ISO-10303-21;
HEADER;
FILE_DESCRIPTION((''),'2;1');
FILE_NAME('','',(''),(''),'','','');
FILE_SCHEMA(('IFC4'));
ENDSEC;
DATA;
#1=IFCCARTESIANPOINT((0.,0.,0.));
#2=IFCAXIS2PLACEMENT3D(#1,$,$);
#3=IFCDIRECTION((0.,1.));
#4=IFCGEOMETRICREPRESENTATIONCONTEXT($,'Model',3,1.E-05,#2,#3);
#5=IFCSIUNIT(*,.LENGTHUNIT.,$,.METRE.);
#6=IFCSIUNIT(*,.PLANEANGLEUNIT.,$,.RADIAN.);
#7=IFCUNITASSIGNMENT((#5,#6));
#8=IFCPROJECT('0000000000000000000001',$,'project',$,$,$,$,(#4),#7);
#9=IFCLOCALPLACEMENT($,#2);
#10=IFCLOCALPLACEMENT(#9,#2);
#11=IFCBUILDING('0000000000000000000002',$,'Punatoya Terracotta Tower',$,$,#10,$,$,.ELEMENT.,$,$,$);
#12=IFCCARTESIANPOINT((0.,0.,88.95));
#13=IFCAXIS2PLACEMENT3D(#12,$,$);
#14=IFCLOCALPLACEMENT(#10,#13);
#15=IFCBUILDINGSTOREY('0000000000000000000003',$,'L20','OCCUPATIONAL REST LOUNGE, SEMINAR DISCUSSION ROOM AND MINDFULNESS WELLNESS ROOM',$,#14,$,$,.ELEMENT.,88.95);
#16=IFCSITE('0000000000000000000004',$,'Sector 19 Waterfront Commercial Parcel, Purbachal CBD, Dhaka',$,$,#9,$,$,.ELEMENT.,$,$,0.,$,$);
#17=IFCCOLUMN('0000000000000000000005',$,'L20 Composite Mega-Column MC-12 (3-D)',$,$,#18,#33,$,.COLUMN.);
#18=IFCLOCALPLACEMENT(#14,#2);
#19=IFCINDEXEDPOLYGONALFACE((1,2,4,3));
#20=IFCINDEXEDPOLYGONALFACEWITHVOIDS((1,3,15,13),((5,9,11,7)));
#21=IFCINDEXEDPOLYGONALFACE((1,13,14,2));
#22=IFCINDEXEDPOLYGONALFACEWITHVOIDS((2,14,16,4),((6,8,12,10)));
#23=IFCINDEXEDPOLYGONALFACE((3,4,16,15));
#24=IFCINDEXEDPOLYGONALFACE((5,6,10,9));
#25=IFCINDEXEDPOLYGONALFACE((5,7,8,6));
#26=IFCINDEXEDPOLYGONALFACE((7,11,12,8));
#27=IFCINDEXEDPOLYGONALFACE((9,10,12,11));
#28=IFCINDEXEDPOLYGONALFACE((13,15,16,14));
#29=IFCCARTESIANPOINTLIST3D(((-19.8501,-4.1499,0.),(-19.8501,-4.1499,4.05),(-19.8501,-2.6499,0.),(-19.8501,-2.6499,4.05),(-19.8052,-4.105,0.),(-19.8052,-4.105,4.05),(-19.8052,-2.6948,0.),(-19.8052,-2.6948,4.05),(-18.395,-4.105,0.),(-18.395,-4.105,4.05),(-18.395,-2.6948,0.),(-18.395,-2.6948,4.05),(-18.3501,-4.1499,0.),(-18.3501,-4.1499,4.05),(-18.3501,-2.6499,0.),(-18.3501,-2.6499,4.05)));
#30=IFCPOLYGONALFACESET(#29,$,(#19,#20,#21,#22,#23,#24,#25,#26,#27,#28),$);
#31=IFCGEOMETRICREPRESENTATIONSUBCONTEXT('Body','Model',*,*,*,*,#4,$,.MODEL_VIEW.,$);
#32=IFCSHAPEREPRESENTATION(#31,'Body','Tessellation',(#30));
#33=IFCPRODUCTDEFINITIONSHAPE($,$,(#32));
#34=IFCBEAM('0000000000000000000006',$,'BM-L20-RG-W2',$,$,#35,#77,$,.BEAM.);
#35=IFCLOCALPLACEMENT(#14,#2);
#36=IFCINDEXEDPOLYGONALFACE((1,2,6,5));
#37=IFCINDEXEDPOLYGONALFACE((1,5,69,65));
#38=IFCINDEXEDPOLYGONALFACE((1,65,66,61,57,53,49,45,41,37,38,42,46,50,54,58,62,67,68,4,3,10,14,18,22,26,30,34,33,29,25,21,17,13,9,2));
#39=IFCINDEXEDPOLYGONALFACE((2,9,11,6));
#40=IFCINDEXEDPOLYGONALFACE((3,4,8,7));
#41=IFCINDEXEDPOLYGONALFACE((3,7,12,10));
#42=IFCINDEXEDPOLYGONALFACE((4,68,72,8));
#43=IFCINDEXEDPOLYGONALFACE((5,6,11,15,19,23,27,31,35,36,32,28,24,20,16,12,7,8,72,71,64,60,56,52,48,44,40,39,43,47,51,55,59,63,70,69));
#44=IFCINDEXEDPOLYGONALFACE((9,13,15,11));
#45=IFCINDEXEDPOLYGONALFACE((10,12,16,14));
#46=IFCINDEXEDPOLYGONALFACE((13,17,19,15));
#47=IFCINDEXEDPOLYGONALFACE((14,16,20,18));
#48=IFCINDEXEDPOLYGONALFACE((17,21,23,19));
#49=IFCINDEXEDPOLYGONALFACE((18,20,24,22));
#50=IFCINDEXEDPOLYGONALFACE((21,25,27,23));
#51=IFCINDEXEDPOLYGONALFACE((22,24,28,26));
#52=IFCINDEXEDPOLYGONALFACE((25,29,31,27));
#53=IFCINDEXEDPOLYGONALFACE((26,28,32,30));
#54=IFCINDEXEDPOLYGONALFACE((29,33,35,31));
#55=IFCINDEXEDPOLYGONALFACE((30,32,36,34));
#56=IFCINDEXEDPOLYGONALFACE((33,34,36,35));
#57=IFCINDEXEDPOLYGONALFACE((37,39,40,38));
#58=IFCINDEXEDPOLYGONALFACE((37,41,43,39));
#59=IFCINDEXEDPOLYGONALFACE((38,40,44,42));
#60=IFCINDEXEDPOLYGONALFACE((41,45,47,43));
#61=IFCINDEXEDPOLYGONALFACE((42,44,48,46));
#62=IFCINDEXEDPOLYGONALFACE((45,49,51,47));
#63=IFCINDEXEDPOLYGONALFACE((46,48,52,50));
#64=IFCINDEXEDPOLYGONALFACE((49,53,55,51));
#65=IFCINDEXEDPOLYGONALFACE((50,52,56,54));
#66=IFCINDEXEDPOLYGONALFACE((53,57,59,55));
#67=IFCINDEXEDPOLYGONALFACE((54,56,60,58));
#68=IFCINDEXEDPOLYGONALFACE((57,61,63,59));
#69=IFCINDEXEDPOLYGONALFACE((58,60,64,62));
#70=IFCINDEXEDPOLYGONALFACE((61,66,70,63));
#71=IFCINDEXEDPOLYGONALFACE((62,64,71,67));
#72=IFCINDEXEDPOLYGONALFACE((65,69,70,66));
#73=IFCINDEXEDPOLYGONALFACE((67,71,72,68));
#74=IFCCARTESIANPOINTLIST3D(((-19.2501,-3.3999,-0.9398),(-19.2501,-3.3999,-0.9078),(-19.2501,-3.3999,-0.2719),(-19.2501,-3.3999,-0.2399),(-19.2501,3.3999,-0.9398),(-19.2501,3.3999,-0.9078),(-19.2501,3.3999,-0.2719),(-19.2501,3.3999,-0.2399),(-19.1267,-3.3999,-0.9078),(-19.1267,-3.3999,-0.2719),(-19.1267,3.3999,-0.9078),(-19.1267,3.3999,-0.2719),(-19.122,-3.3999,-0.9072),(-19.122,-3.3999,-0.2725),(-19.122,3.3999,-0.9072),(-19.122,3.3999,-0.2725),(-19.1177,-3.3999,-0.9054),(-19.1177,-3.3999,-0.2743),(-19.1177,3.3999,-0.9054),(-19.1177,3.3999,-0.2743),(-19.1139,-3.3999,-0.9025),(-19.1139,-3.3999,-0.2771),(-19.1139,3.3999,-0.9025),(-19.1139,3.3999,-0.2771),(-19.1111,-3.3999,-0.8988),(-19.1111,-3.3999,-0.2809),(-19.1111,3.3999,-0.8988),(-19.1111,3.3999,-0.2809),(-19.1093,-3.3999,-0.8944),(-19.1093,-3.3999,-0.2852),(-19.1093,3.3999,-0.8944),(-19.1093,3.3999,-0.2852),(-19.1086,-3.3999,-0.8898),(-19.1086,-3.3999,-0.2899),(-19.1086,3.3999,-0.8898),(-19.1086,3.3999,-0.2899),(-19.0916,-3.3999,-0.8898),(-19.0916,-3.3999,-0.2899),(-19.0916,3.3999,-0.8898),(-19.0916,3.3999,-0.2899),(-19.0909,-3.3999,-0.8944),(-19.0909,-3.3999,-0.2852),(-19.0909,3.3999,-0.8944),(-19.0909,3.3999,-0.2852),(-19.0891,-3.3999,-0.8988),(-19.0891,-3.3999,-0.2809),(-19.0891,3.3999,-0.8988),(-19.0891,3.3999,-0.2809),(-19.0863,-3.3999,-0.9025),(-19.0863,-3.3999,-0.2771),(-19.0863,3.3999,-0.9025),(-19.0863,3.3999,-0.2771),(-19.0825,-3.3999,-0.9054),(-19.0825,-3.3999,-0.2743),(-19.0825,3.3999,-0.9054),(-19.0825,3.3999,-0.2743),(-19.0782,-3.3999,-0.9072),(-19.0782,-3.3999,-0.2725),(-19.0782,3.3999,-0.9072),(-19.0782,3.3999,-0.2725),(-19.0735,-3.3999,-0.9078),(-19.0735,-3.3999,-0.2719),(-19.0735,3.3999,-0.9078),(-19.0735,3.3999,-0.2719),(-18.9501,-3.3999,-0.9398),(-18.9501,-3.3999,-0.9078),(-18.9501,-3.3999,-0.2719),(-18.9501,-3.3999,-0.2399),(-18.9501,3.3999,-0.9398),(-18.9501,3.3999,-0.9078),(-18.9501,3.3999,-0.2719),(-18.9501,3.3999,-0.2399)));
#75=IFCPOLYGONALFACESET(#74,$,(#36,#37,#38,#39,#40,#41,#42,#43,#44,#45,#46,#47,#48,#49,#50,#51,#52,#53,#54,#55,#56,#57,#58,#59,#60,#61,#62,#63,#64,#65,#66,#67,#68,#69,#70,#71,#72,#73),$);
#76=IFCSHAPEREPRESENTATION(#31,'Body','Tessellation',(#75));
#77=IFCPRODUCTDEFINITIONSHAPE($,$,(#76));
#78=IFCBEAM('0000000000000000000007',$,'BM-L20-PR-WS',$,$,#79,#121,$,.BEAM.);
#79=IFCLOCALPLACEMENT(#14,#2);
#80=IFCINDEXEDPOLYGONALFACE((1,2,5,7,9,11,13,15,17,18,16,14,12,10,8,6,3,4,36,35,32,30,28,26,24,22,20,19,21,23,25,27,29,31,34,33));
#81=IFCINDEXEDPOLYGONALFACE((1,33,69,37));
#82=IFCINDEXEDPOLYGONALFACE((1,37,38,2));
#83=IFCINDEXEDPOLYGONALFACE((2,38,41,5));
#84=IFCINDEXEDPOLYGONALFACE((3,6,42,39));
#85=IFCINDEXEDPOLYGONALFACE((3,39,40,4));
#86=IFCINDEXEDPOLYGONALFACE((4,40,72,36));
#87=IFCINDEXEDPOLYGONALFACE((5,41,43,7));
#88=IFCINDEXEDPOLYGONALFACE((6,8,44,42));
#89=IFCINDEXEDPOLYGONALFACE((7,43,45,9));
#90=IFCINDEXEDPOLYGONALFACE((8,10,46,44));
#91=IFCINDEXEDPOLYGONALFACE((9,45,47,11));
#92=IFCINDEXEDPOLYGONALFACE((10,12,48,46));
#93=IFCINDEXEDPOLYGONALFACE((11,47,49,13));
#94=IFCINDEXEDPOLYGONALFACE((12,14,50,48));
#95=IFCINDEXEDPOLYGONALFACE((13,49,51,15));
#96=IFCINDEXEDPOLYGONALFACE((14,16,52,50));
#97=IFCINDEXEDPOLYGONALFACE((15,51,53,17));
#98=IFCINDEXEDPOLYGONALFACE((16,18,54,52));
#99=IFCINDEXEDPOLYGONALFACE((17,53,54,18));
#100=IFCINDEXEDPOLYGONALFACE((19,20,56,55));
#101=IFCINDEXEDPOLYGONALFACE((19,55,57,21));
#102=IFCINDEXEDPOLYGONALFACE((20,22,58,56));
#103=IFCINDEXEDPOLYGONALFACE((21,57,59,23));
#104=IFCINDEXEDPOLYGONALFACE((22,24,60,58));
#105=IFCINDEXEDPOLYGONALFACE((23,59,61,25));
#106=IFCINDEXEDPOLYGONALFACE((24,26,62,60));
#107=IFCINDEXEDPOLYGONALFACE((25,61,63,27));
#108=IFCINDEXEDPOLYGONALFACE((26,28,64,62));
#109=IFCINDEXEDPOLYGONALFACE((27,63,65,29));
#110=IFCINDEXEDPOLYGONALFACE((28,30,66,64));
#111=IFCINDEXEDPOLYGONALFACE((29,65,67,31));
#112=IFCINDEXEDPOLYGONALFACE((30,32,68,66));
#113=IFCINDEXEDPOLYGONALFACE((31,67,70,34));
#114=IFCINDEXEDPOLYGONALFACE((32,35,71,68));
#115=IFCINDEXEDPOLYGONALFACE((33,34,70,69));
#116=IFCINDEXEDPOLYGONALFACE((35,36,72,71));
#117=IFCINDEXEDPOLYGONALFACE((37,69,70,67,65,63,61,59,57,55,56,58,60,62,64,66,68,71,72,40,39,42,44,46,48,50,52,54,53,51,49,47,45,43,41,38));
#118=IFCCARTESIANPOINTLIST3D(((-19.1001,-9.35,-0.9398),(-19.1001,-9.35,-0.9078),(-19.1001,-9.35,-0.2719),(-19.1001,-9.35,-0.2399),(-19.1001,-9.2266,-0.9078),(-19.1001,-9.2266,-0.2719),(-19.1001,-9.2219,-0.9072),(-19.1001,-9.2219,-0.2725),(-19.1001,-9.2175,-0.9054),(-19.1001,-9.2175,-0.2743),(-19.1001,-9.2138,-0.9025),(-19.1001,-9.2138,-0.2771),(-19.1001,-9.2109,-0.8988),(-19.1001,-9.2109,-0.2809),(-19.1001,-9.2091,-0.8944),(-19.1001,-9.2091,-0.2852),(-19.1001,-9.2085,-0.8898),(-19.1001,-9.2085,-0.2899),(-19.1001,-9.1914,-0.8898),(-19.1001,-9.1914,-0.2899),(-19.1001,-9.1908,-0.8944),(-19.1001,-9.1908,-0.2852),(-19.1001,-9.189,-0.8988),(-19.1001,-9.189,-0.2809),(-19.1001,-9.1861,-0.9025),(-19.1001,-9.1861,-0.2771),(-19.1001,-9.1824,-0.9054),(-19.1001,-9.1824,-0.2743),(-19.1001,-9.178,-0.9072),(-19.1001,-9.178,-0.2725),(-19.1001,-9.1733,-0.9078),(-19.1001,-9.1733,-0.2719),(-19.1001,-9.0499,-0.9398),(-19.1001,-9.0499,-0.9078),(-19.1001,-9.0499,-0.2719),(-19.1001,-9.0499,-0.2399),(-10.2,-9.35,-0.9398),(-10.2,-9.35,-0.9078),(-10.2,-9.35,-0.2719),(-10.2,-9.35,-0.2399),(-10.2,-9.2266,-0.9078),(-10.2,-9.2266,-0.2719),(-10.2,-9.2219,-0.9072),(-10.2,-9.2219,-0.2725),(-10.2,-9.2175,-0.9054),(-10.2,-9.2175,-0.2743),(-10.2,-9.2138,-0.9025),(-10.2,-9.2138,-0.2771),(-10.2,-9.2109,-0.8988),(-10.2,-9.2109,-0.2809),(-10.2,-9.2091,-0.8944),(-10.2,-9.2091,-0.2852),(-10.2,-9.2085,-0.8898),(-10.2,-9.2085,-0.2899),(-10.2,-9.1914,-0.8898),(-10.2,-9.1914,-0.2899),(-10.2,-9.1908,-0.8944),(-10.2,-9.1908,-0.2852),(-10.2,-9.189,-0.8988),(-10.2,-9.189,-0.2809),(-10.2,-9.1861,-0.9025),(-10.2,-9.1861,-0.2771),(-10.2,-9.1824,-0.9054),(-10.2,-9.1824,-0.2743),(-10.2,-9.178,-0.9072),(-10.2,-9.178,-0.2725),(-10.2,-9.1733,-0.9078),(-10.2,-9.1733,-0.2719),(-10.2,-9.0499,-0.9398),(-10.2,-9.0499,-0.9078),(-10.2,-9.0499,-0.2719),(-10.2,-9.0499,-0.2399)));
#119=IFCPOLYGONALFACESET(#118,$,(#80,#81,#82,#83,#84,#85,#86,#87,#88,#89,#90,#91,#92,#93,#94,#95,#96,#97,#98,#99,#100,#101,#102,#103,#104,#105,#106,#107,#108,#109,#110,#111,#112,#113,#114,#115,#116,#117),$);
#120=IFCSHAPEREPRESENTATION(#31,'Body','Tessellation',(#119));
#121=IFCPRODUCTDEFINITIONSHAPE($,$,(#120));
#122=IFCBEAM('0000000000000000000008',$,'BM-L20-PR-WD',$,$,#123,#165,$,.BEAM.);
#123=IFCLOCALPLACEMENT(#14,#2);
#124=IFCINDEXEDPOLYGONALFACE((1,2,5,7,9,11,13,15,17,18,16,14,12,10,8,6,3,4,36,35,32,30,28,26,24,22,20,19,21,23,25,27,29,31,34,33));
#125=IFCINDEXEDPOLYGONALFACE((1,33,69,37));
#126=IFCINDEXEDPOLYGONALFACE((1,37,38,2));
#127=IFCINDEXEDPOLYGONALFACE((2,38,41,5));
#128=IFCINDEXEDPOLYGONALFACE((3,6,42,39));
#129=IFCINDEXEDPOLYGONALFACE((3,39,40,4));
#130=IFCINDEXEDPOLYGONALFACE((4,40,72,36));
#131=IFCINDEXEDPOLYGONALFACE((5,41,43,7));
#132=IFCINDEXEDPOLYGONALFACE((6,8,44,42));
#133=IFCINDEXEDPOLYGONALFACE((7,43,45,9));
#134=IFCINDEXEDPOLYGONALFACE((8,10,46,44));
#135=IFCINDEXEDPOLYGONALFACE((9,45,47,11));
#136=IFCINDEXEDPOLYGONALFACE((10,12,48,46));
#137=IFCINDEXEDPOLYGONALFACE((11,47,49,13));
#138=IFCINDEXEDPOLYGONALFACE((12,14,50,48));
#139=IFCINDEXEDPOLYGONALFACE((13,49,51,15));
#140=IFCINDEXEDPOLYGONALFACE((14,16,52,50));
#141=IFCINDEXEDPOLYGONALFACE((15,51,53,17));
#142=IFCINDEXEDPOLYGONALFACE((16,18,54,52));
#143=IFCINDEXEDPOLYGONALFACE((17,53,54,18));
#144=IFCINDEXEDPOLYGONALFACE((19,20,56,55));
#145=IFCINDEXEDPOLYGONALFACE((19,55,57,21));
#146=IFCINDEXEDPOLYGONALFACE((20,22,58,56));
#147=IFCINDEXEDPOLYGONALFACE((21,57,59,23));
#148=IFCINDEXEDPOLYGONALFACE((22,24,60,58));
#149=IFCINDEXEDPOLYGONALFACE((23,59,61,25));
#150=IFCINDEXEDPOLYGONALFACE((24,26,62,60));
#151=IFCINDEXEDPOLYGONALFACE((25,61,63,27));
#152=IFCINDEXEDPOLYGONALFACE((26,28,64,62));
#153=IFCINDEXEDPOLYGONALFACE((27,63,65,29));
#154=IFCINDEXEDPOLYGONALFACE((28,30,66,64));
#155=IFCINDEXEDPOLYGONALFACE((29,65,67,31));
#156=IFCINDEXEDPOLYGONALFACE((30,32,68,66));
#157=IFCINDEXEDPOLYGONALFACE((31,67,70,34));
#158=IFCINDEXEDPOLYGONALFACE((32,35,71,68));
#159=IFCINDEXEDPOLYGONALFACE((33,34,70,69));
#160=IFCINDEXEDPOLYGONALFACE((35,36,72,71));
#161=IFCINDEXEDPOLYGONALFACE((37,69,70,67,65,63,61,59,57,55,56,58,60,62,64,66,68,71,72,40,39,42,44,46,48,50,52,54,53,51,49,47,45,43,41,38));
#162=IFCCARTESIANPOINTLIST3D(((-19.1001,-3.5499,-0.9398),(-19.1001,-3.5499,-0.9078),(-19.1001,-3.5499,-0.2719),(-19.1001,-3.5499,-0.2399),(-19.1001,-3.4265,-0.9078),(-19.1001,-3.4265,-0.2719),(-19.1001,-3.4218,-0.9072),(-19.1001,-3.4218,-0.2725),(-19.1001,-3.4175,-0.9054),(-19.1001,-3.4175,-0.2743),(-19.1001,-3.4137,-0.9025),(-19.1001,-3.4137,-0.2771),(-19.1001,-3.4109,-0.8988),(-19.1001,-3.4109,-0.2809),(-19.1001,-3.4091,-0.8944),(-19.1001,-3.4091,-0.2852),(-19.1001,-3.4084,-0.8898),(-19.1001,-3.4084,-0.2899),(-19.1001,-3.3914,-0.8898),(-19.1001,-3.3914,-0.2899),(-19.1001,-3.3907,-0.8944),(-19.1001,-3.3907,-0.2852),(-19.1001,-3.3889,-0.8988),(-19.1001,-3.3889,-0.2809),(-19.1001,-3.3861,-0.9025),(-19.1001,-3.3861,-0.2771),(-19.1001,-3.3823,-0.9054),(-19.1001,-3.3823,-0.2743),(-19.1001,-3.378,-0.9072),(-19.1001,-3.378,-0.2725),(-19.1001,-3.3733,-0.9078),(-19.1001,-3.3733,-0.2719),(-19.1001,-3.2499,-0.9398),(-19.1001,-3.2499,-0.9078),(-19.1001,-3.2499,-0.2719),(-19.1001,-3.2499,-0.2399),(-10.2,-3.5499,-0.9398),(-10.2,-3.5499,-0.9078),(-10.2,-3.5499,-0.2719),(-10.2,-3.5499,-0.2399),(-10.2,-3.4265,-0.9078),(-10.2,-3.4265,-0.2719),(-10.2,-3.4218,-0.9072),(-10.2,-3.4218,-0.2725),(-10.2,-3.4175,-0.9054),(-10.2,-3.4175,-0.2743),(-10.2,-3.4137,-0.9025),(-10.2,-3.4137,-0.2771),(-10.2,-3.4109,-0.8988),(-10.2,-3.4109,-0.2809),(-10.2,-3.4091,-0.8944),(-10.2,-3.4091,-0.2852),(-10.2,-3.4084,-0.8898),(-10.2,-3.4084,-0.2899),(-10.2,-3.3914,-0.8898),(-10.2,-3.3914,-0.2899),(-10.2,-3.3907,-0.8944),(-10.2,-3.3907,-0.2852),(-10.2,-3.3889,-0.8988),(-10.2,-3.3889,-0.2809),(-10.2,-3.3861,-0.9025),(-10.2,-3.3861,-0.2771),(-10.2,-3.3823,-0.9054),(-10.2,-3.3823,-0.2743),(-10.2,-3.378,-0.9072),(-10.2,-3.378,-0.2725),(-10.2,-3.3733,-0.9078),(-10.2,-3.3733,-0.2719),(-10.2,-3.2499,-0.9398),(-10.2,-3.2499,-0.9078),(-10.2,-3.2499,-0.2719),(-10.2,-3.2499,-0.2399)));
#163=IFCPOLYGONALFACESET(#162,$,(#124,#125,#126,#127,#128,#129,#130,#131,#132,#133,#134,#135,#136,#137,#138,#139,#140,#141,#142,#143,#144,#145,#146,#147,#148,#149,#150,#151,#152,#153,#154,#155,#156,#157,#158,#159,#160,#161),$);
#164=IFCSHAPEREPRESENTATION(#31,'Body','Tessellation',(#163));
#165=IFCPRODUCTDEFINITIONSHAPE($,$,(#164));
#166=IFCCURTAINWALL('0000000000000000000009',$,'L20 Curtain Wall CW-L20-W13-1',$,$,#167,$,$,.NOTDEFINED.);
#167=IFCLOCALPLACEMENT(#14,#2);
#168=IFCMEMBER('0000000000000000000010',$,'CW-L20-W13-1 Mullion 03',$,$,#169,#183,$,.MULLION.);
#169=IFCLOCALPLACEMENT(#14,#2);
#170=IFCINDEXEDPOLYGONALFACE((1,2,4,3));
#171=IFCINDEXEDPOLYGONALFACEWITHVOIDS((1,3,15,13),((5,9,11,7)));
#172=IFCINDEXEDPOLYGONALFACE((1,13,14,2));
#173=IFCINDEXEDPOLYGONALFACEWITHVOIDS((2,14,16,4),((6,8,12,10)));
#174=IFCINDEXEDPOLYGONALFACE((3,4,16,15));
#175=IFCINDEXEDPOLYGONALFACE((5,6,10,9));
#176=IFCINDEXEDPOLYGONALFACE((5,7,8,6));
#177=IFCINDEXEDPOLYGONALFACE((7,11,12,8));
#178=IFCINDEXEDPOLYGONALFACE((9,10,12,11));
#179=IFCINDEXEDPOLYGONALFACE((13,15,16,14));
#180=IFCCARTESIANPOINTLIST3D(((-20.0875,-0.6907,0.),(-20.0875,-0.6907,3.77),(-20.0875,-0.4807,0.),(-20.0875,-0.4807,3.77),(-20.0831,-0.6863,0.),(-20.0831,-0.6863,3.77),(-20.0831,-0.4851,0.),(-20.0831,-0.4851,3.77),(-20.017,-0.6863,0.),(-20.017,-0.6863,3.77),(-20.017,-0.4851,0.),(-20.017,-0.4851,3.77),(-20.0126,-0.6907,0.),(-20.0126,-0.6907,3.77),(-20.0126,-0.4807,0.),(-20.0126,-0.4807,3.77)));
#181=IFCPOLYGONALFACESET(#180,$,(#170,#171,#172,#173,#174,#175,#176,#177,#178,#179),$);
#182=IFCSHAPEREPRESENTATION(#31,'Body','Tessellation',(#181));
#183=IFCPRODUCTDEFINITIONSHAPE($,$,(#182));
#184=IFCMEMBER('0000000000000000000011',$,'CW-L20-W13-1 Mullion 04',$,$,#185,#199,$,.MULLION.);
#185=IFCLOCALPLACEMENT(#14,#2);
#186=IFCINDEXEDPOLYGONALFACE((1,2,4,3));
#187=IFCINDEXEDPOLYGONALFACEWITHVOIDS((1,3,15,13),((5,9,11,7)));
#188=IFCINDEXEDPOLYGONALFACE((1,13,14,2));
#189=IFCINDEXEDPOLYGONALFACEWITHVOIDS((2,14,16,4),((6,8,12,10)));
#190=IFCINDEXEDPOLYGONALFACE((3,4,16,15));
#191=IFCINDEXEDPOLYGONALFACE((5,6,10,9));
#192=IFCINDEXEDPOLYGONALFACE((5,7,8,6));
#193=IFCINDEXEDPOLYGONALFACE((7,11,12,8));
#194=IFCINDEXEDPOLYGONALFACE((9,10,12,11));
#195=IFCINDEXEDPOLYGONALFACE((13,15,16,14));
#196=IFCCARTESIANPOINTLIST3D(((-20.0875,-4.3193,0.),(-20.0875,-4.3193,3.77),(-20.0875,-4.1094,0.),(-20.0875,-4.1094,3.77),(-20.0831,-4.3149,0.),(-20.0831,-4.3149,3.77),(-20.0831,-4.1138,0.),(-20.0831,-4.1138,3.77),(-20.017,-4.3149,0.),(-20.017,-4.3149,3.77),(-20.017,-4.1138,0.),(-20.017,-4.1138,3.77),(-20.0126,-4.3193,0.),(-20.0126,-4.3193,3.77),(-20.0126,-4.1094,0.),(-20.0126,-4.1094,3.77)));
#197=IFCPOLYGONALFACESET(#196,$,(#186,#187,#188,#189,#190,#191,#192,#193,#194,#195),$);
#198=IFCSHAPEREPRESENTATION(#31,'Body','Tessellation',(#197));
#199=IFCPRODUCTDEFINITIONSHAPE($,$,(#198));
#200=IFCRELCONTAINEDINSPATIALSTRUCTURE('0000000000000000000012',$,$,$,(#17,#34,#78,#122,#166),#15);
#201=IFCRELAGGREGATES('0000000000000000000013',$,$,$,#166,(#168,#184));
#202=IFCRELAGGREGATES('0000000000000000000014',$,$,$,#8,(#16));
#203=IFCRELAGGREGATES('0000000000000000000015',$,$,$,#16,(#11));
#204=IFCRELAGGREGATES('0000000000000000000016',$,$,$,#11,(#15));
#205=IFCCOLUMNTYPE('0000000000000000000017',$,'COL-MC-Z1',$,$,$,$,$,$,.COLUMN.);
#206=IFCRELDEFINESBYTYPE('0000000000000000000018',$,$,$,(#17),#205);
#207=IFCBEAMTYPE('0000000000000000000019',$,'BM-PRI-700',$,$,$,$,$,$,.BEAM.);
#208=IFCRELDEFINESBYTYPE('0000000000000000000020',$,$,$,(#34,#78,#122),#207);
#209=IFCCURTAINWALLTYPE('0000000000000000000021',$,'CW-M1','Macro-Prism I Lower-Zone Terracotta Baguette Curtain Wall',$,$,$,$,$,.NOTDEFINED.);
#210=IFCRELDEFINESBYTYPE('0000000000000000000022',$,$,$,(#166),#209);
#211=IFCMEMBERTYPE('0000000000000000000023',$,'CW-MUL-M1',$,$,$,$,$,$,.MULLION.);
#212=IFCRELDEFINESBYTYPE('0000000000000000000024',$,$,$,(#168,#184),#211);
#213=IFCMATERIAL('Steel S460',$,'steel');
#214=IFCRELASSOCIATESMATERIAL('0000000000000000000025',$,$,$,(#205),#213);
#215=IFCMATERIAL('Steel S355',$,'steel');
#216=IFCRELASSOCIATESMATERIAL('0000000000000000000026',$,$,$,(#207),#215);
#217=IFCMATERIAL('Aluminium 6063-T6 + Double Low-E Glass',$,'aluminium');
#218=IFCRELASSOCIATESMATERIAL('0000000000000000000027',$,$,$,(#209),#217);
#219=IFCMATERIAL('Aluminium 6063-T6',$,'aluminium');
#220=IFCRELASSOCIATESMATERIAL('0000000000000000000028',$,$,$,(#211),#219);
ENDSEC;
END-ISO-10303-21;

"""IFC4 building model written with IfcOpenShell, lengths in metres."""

from ifc_helpers import new_model, si_unit, direction, frame, origin, origin_2d, place, context, subcontext, project, spatial, hollow_rectangle, i_section, extrude, material, material_profile, profile_set, type_object, element, aggregate, save


model = new_model("IFC4")

# Units and contexts
model_context = context("Model", 3, precision=1e-05, world=origin(), true_north=direction((0.0, 1.0)))
body_context = subcontext(model_context, "Body", "Model", "MODEL_VIEW")
ifc_project = project(units=[si_unit("LENGTHUNIT", "METRE"), si_unit("PLANEANGLEUNIT", "RADIAN")], contexts=[model_context])

# Site, building, storey
site_placement = place(None, origin())
site = spatial("IfcSite", under=ifc_project, at=site_placement, Name="Sector 19 Waterfront Commercial Parcel, Purbachal CBD, Dhaka", CompositionType="ELEMENT", RefElevation=0.0)
building_placement = place(site_placement, origin())
building = spatial("IfcBuilding", under=site, at=building_placement, Name="Punatoya Terracotta Tower", CompositionType="ELEMENT")
storey_placement = place(building_placement, frame((0.0, 0.0, 88.95)))
storey = spatial("IfcBuildingStorey", under=building, at=storey_placement, Name="L20", Description="OCCUPATIONAL REST LOUNGE, SEMINAR DISCUSSION ROOM AND MINDFULNESS WELLNESS ROOM", CompositionType="ELEMENT", Elevation=88.95)

# Column
ifc_material_1 = material(Name="Steel S460", Category="steel")
ifc_material_profile_1 = material_profile(ifc_material_1, hollow_rectangle(XDim=1.5, YDim=1.5, WallThickness=0.0449, at=origin_2d()))
ifc_profile_set_1 = profile_set([ifc_material_profile_1], Name="Steel S460")
column_type = type_object("IfcColumnType", Name="COL-MC-Z1", PredefinedType="COLUMN", material=ifc_profile_set_1)
column_placement = place(storey_placement, frame((-19.1001, -3.3999, 0.0), z_axis=(0.0, 0.0, 1.0), x_axis=(1.0, 0.0, 0.0)))
element("IfcColumn", 1, at=column_placement, inside=storey, type_object=column_type, Name="L20 Composite Mega-Column MC-12 (3-D)", PredefinedType="COLUMN", context=body_context, shape_type="SweptSolid", body=[
    extrude(hollow_rectangle(XDim=1.5, YDim=1.5, WallThickness=0.0449, at=origin_2d()), origin(), (0.0, 0.0, 1.0), 4.05),
])

# Beams
ifc_material_2 = material(Name="Steel S355", Category="steel")
ifc_material_profile_2 = material_profile(ifc_material_2, i_section(OverallWidth=0.3, OverallDepth=0.7, WebThickness=0.0171, FlangeThickness=0.032, FilletRadius=0.0181, at=origin_2d()))
ifc_profile_set_2 = profile_set([ifc_material_profile_2], Name="Steel S355")
beam_type = type_object("IfcBeamType", Name="BM-PRI-700", PredefinedType="BEAM", material=ifc_profile_set_2)
beam_placement = place(storey_placement, frame((-19.1001, -3.3999, -0.5898), z_axis=(0.0, 1.0, 0.0), x_axis=(-1.0, 0.0, 0.0)))
element("IfcBeam", 2, at=beam_placement, inside=storey, type_object=beam_type, Name="BM-L20-RG-W2", PredefinedType="BEAM", context=body_context, shape_type="SweptSolid", body=[
    extrude(i_section(OverallWidth=0.3, OverallDepth=0.7, WebThickness=0.0171, FlangeThickness=0.032, FilletRadius=0.0181, at=origin_2d()), origin(), (0.0, 0.0, 1.0), 6.7998),
])
for number, where, z_axis, x_axis, name in (
    (3, (-19.1001, -9.2, -0.5898), (1.0, 0.0, 0.0), (0.0, 1.0, 0.0), "BM-L20-PR-WS"),
    (4, (-19.1001, -3.3999, -0.5898), (1.0, 0.0, 0.0), (0.0, 1.0, 0.0), "BM-L20-PR-WD"),
):
    element("IfcBeam", number, at=place(storey_placement, frame(where, z_axis=z_axis, x_axis=x_axis)), inside=storey, type_object=beam_type, Name=name, PredefinedType="BEAM", context=body_context, shape_type="SweptSolid", body=[
        extrude(i_section(OverallWidth=0.3, OverallDepth=0.7, WebThickness=0.0171, FlangeThickness=0.032, FilletRadius=0.0181, at=origin_2d()), origin(), (0.0, 0.0, 1.0), 8.9001),
    ])

# Curtain wall, members
ifc_material_3 = material(Name="Aluminium 6063-T6 + Double Low-E Glass", Category="aluminium")
curtain_wall_type = type_object("IfcCurtainWallType", Name="CW-M1", Description="Macro-Prism I Lower-Zone Terracotta Baguette Curtain Wall", PredefinedType="NOTDEFINED", material=ifc_material_3)
curtain_wall_placement = place(storey_placement, origin())
curtain_wall = element("IfcCurtainWall", 5, at=curtain_wall_placement, inside=storey, type_object=curtain_wall_type, Name="L20 Curtain Wall CW-L20-W13-1", PredefinedType="NOTDEFINED")
ifc_material_4 = material(Name="Aluminium 6063-T6", Category="aluminium")
ifc_material_profile_3 = material_profile(ifc_material_4, hollow_rectangle(XDim=0.075, YDim=0.21, WallThickness=0.0044, at=origin_2d()))
ifc_profile_set_3 = profile_set([ifc_material_profile_3], Name="Aluminium 6063-T6")
member_type = type_object("IfcMemberType", Name="CW-MUL-M1", PredefinedType="MULLION", material=ifc_profile_set_3)
member_1_placement = place(storey_placement, frame((-20.05, -0.5857, 0.0), z_axis=(0.0, 0.0, 1.0), x_axis=(1.0, 0.0, 0.0)))
member_1 = element("IfcMember", 6, at=member_1_placement, type_object=member_type, Name="CW-L20-W13-1 Mullion 03", PredefinedType="MULLION", context=body_context, shape_type="SweptSolid", body=[
    extrude(hollow_rectangle(XDim=0.075, YDim=0.21, WallThickness=0.0044, at=origin_2d()), origin(), (0.0, 0.0, 1.0), 3.77),
])
member_2_placement = place(storey_placement, frame((-20.05, -4.2144, 0.0), z_axis=(0.0, 0.0, 1.0), x_axis=(1.0, 0.0, 0.0)))
member_2 = element("IfcMember", 7, at=member_2_placement, type_object=member_type, Name="CW-L20-W13-1 Mullion 04", PredefinedType="MULLION", context=body_context, shape_type="SweptSolid", body=[
    extrude(hollow_rectangle(XDim=0.075, YDim=0.21, WallThickness=0.0044, at=origin_2d()), origin(), (0.0, 0.0, 1.0), 3.77),
])
aggregate(curtain_wall, [member_1, member_2])

save(model, "model.ifc")
